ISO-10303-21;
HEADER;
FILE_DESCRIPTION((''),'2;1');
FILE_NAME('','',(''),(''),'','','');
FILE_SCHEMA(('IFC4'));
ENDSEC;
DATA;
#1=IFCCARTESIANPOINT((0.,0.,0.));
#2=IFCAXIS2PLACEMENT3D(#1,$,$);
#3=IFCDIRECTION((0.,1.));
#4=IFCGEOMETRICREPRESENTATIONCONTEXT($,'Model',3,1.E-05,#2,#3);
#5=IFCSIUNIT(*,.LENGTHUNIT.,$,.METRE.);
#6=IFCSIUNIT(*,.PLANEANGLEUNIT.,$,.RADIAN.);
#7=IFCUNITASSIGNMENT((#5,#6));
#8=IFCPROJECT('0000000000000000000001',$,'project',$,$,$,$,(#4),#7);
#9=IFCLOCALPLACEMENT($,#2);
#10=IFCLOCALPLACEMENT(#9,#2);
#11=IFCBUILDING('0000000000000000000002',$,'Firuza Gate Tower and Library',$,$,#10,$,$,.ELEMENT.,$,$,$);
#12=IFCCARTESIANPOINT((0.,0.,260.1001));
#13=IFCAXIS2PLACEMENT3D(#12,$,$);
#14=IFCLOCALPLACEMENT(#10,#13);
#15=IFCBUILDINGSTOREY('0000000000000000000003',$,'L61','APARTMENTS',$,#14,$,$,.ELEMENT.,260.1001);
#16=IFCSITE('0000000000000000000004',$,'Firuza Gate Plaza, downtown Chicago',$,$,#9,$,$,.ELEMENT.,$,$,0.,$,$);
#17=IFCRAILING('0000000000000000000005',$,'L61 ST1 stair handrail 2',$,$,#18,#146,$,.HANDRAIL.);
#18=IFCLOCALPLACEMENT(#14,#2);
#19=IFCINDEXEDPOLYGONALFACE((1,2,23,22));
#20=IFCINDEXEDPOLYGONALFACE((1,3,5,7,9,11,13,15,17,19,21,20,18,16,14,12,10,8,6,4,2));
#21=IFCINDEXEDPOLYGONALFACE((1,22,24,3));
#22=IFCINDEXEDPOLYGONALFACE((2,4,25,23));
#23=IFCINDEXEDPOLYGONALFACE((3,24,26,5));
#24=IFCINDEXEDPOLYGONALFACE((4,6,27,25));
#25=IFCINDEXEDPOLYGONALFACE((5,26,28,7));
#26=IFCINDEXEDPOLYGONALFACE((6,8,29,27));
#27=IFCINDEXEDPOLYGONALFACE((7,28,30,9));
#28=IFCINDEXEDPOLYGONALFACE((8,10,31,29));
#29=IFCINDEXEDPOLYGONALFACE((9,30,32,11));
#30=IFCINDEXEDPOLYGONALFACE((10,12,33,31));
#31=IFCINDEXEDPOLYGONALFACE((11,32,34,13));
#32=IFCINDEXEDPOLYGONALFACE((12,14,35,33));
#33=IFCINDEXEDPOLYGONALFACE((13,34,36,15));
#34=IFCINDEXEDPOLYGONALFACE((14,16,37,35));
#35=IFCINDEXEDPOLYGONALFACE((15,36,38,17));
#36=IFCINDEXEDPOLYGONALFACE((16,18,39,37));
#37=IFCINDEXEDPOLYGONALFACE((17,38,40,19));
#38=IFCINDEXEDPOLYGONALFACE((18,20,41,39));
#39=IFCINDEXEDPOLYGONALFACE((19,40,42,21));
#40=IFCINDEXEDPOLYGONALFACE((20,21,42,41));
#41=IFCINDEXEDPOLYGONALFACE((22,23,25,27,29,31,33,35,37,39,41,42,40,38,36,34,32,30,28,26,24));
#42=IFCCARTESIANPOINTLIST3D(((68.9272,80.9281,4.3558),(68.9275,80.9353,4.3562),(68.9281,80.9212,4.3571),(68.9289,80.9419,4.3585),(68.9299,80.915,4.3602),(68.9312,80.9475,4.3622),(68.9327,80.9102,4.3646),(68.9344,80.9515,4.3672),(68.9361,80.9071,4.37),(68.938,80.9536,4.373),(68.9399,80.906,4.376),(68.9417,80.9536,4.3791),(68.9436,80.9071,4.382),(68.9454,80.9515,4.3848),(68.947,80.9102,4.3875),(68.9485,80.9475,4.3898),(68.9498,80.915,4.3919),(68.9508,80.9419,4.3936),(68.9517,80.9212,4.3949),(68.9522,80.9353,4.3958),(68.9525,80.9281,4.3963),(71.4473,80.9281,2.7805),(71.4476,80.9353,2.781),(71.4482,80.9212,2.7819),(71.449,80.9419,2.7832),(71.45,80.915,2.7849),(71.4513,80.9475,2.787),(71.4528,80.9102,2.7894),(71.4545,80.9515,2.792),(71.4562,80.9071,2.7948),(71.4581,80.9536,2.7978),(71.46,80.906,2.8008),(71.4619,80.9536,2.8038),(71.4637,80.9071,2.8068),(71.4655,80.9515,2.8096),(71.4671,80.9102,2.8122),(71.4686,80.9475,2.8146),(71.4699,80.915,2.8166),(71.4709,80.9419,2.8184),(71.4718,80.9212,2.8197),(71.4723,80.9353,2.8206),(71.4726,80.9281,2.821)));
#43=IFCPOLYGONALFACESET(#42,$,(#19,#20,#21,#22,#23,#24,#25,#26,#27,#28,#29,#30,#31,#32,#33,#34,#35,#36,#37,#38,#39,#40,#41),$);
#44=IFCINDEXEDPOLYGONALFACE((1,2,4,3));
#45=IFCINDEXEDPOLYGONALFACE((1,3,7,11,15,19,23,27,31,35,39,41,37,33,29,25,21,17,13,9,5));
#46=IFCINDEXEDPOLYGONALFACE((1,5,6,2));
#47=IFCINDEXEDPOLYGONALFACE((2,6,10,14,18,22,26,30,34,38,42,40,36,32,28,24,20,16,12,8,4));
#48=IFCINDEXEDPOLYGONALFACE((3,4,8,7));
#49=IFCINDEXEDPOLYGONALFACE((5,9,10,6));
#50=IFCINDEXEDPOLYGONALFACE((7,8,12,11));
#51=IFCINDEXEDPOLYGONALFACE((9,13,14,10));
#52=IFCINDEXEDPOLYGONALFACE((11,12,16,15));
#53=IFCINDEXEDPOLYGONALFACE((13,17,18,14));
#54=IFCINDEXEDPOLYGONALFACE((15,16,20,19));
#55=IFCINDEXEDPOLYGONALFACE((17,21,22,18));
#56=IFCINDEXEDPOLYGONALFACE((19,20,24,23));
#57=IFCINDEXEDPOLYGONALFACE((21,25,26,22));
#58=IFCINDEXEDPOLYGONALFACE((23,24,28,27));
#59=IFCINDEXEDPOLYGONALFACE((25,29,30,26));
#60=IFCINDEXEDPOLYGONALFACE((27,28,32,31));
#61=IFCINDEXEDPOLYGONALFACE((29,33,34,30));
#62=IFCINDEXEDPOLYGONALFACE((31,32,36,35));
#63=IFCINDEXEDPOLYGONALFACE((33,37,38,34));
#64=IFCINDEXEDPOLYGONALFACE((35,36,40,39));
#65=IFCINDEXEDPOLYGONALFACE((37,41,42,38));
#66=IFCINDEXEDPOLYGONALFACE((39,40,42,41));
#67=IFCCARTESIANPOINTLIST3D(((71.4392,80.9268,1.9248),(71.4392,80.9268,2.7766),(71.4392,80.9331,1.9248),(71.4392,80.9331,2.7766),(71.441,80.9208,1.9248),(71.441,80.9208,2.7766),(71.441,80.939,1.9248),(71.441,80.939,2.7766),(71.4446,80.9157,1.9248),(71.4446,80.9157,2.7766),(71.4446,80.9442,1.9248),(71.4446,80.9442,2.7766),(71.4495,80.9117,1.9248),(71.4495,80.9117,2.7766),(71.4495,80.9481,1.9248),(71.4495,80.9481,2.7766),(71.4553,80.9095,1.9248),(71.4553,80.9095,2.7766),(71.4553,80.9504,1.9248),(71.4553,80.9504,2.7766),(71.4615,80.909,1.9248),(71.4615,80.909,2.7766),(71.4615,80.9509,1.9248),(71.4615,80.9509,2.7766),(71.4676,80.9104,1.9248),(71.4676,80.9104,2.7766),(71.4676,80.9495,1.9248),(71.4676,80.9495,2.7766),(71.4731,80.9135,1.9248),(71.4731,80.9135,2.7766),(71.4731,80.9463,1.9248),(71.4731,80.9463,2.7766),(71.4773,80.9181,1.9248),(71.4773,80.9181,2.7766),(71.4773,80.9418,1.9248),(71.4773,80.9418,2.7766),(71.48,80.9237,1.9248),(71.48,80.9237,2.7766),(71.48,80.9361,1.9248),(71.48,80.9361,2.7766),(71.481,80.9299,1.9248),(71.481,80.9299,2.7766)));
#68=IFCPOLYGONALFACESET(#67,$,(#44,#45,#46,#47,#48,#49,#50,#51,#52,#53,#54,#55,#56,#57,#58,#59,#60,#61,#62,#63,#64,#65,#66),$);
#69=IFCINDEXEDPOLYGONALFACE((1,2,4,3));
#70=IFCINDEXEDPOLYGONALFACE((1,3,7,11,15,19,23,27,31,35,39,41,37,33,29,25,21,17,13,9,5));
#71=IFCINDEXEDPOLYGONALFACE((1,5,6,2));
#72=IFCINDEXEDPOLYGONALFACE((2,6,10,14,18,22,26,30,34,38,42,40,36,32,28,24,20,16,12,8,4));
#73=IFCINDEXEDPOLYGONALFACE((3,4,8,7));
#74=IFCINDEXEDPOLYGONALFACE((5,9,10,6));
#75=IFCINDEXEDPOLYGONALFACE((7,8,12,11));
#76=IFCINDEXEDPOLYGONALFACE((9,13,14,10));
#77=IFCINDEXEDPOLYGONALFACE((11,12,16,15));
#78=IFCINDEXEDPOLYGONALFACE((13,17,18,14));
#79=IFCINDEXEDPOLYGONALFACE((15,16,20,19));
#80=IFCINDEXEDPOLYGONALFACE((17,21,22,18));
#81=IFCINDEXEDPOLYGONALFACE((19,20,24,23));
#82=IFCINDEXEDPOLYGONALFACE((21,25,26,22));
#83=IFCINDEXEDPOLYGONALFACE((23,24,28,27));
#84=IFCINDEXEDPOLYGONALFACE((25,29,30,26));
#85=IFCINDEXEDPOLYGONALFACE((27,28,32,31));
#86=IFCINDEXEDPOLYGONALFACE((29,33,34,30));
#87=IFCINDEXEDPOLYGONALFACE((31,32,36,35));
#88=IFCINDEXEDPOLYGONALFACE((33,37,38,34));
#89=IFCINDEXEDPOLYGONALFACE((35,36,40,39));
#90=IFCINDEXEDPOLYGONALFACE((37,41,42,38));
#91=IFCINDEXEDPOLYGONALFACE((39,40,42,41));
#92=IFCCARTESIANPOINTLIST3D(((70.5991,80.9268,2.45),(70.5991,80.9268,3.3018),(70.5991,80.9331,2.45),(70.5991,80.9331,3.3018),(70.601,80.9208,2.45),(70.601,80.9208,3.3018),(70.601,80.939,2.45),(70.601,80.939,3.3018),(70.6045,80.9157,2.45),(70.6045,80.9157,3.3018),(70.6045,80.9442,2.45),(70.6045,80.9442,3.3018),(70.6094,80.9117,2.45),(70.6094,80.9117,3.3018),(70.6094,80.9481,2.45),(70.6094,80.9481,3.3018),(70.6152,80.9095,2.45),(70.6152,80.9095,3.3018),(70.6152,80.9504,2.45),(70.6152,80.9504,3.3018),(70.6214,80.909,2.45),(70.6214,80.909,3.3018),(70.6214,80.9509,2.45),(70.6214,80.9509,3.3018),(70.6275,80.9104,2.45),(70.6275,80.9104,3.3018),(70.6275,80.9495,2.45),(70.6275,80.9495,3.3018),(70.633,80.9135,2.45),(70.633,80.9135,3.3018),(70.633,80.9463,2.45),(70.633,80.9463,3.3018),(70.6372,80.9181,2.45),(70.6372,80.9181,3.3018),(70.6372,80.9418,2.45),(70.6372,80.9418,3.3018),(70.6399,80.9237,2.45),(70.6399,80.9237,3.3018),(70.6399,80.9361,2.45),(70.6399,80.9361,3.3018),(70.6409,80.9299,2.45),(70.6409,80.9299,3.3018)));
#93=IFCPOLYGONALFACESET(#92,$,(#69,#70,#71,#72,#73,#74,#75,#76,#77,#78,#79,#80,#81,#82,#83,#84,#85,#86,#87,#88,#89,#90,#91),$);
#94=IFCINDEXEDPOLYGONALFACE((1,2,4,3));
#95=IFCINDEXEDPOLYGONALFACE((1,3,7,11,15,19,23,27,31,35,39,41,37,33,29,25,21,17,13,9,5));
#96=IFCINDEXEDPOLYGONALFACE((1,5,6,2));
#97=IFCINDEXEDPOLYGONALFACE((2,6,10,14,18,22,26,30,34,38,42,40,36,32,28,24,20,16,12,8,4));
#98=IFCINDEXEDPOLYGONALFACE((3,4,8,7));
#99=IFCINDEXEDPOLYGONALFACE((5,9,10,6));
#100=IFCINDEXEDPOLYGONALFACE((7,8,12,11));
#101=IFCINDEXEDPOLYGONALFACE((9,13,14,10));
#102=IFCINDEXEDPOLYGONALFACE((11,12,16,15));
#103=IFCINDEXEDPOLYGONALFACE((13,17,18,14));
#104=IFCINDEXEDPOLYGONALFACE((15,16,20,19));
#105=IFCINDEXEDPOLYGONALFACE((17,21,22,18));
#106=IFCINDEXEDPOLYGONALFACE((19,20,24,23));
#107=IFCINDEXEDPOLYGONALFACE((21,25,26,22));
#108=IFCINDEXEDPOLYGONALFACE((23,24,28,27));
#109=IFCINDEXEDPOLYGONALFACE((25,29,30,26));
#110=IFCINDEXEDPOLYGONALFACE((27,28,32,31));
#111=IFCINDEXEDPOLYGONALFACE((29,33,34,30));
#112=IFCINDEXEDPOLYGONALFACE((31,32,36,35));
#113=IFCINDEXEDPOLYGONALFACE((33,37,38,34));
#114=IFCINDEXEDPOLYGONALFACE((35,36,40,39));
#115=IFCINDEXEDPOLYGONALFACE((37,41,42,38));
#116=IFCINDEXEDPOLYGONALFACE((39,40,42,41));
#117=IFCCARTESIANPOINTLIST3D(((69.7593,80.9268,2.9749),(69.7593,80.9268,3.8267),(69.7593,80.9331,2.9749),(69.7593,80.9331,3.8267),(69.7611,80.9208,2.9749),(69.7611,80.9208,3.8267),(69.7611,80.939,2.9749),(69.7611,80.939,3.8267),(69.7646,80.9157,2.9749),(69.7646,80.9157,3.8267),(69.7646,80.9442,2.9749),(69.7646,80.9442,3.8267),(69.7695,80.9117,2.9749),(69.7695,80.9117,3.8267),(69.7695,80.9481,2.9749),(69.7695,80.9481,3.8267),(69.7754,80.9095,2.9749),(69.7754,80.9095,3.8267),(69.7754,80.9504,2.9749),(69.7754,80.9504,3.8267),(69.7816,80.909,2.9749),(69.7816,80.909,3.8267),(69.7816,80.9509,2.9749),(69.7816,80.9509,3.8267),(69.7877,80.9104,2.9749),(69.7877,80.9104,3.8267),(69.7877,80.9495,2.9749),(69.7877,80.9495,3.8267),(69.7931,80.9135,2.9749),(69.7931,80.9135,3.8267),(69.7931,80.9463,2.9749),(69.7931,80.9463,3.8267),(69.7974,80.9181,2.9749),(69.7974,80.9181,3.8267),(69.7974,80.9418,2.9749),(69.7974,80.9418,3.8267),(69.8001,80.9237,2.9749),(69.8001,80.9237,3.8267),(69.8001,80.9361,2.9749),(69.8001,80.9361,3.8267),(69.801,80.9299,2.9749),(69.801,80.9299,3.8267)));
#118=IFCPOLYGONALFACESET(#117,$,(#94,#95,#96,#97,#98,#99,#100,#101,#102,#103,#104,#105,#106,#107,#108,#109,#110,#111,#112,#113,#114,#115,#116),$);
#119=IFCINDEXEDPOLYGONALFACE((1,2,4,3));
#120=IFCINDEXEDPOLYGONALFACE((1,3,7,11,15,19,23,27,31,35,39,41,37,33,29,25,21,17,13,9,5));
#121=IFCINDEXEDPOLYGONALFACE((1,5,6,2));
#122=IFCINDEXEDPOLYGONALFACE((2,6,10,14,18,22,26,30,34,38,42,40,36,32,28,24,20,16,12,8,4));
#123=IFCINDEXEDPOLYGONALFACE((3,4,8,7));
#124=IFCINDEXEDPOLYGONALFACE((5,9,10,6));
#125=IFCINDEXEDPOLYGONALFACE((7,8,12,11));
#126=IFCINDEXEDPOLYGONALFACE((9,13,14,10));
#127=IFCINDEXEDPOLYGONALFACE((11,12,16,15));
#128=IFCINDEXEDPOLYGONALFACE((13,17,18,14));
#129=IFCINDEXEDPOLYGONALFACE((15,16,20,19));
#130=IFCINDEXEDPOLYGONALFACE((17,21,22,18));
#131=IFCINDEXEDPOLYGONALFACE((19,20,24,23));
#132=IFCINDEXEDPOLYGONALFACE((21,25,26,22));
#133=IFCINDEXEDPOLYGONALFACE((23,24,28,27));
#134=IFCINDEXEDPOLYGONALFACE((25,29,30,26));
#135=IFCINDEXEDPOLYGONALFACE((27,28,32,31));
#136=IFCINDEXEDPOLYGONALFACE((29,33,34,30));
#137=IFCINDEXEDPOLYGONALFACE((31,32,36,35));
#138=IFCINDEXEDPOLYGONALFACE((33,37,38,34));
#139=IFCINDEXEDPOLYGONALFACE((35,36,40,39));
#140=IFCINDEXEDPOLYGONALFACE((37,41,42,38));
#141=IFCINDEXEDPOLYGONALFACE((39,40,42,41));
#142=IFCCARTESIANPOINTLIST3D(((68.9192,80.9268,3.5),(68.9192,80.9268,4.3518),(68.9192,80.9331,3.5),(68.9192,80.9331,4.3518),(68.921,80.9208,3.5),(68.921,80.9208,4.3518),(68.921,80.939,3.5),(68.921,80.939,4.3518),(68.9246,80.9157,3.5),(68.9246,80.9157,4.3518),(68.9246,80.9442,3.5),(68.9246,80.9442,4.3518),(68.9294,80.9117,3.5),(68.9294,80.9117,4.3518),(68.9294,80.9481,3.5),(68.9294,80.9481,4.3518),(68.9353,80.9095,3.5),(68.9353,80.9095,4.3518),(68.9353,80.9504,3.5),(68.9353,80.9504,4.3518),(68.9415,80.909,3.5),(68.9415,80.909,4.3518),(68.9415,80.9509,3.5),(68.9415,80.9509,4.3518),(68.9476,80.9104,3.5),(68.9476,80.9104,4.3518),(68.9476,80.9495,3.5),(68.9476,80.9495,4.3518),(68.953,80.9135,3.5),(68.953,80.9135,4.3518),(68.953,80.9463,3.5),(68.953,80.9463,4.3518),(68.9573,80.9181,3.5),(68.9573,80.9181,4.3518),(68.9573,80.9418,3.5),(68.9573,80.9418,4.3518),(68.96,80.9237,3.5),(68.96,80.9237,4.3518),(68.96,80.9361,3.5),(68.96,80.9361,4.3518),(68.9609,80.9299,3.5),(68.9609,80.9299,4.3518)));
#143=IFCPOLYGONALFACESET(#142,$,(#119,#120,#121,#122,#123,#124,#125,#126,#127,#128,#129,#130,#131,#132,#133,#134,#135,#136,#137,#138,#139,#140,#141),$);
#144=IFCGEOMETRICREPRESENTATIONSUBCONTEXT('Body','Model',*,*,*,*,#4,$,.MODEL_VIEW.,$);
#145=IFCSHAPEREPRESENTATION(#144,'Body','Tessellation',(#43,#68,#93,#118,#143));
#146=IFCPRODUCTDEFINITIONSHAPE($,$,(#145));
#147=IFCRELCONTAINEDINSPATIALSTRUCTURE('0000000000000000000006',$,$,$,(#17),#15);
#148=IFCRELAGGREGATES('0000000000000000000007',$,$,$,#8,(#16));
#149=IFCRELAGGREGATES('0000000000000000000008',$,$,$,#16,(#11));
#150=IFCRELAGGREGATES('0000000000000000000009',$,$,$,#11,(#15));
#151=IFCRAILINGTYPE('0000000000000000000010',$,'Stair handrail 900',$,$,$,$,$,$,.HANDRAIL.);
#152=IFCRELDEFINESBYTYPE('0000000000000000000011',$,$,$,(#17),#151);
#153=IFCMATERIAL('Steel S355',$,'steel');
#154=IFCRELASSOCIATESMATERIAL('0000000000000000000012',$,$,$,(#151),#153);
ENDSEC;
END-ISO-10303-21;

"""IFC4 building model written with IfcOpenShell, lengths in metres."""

from ifc_helpers import new_model, si_unit, direction, frame, origin, origin_2d, place, context, subcontext, project, spatial, circle, extrude, material, type_object, element, save


model = new_model("IFC4")

# Units and contexts
model_context = context("Model", 3, precision=1e-05, world=origin(), true_north=direction((0.0, 1.0)))
body_context = subcontext(model_context, "Body", "Model", "MODEL_VIEW")
ifc_project = project(units=[si_unit("LENGTHUNIT", "METRE"), si_unit("PLANEANGLEUNIT", "RADIAN")], contexts=[model_context])

# Site, building, storey
site_placement = place(None, origin())
site = spatial("IfcSite", under=ifc_project, at=site_placement, Name="Firuza Gate Plaza, downtown Chicago", CompositionType="ELEMENT", RefElevation=0.0)
building_placement = place(site_placement, origin())
building = spatial("IfcBuilding", under=site, at=building_placement, Name="Firuza Gate Tower and Library", CompositionType="ELEMENT")
storey_placement = place(building_placement, frame((0.0, 0.0, 260.1001)))
storey = spatial("IfcBuildingStorey", under=building, at=storey_placement, Name="L61", Description="APARTMENTS", CompositionType="ELEMENT", Elevation=260.1001)

# Railing
ifc_material_1 = material(Name="Steel S355", Category="steel")
railing_type_1 = type_object("IfcRailingType", Name="Stair handrail 900", PredefinedType="HANDRAIL", material=ifc_material_1)
railing_1_placement = place(storey_placement, frame((71.46, 80.9299, 1.9248)))
element("IfcRailing", 1, at=railing_1_placement, inside=storey, type_object=railing_type_1, Name="L61 ST1 stair handrail 2", PredefinedType="HANDRAIL", context=body_context, shape_type="SweptSolid", body=[
    extrude(circle(Radius=0.0239, at=origin_2d()), frame((0.0, 0.0, 0.876), z_axis=(-0.847971, 0.0, 0.530043), x_axis=(0.0, -1.0, 0.0)), (0.0, 0.0, 1.0), 2.9719),
    extrude(circle(Radius=0.021, at=origin_2d()), origin(), (0.0, 0.0, 1.0), 0.8518),
    extrude(circle(Radius=0.021, at=origin_2d()), frame((-0.8401, 0.0, 0.5251)), (0.0, 0.0, 1.0), 0.8518),
    extrude(circle(Radius=0.021, at=origin_2d()), frame((-1.6799, 0.0, 1.05)), (0.0, 0.0, 1.0), 0.8518),
    extrude(circle(Radius=0.021, at=origin_2d()), frame((-2.52, 0.0, 1.5752)), (0.0, 0.0, 1.0), 0.8518),
])

save(model, "model.ifc")
